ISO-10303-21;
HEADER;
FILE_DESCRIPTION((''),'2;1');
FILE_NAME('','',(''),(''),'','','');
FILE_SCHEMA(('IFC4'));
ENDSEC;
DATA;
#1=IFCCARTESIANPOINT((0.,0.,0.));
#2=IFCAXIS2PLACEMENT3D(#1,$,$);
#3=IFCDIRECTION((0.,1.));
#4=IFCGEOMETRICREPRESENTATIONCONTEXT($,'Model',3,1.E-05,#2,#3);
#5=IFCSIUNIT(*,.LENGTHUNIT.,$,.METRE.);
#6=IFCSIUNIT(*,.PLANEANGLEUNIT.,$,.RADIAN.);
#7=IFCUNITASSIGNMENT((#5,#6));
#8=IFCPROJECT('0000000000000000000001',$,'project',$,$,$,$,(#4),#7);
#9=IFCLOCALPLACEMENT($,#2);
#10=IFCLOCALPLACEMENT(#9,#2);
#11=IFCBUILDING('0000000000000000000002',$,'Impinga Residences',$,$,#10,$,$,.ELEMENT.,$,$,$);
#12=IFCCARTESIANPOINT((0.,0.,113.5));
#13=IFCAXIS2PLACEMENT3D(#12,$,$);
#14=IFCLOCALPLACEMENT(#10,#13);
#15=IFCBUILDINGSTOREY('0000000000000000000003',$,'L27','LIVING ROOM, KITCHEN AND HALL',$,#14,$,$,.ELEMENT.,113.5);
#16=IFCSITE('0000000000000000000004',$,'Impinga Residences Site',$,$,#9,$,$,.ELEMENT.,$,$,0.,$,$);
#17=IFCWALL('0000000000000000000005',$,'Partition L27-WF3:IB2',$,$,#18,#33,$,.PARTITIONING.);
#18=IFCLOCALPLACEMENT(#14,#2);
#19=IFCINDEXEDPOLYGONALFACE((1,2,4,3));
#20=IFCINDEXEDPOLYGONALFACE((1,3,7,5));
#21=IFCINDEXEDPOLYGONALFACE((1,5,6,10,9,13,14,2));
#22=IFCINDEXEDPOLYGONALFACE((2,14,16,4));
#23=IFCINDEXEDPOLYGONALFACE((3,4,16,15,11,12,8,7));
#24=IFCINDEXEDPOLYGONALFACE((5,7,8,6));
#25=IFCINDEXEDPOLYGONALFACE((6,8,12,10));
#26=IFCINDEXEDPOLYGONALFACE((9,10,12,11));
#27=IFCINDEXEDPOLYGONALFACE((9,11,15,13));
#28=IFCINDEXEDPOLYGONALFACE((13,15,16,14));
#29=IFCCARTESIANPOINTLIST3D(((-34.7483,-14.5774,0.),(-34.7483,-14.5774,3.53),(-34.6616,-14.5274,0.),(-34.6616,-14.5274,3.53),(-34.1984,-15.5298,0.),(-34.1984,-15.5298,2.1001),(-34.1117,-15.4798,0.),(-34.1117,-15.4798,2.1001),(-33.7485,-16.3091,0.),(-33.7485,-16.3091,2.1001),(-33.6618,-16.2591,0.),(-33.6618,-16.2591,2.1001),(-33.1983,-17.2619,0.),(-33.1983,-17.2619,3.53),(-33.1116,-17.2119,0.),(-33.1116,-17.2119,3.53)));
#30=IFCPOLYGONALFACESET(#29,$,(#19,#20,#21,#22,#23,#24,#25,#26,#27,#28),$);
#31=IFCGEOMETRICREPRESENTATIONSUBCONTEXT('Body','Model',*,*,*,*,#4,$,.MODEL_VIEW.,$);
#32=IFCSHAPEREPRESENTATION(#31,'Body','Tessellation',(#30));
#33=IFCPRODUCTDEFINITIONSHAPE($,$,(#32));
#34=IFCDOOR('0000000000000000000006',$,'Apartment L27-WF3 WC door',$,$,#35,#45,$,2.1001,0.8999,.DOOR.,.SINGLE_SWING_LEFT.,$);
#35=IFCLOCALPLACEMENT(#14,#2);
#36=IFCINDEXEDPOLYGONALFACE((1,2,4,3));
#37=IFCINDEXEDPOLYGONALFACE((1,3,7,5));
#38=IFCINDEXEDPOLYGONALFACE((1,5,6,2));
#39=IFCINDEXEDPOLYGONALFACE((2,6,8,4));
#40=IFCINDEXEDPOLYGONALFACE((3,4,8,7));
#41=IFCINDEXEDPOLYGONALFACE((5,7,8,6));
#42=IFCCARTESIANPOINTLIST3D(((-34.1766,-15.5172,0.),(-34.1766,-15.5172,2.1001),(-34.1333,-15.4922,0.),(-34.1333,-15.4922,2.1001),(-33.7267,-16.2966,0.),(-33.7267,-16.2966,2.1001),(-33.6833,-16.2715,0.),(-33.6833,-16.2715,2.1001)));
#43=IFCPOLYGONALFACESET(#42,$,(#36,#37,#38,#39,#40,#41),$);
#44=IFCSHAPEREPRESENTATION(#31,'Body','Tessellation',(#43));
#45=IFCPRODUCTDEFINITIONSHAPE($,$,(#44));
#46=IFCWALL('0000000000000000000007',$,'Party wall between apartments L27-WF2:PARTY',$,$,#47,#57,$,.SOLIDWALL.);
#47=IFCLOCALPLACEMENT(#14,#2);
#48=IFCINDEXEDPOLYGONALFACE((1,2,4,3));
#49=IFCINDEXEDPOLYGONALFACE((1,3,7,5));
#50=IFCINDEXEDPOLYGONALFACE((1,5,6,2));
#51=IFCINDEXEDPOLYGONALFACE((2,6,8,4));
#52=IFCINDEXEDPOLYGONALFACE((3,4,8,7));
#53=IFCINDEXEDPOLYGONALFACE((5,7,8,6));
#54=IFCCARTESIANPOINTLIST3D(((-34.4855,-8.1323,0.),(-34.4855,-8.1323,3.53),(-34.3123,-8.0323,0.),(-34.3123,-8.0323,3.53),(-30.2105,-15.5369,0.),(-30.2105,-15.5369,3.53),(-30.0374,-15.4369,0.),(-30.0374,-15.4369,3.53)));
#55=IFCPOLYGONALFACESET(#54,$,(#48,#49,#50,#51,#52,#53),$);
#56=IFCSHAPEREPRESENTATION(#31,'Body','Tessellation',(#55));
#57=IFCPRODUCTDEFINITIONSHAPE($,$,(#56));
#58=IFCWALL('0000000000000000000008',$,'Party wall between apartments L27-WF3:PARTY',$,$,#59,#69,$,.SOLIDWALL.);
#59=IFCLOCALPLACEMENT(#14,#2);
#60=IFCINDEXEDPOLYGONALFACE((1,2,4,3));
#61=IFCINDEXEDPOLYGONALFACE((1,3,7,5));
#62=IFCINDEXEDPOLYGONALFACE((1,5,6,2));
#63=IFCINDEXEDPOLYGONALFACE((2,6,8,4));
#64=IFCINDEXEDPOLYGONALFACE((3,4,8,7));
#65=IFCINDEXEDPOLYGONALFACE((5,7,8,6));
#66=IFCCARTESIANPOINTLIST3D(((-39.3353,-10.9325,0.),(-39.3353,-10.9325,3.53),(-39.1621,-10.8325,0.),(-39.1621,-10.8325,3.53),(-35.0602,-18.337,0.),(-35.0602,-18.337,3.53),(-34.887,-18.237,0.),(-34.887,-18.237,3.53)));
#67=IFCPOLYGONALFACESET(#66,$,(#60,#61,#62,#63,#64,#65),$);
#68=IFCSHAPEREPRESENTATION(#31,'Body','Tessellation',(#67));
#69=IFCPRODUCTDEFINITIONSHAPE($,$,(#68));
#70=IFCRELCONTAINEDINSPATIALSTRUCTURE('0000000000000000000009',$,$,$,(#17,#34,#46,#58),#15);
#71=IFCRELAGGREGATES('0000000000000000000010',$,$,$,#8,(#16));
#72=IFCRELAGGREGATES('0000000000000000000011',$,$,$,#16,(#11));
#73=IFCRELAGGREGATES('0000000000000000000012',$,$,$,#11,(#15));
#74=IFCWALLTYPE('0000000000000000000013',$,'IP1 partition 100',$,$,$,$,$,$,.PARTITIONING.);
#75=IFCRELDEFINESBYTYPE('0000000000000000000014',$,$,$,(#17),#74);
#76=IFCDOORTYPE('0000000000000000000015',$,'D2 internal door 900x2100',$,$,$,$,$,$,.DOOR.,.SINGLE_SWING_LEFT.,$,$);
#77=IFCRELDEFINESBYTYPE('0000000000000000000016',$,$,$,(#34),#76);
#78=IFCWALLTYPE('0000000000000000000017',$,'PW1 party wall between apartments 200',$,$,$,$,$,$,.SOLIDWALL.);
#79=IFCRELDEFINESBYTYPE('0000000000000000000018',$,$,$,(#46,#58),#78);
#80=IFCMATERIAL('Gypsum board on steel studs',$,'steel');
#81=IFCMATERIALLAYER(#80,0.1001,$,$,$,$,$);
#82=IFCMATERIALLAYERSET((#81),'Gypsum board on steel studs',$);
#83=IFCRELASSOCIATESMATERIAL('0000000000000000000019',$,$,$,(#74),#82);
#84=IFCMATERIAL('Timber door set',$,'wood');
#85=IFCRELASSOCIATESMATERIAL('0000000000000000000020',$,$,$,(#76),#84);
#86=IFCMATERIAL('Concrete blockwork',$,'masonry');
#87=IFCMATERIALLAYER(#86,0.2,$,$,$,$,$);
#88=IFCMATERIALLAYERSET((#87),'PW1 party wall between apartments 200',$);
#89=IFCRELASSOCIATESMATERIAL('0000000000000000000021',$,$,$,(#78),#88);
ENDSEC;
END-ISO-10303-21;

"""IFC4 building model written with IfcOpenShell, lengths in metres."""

from ifc_helpers import new_model, si_unit, direction, frame, frame_2d, origin, place, context, subcontext, project, spatial, rectangle, extrude, material, layer, layer_set, type_object, element, fill, save


model = new_model("IFC4")

# Units and contexts
model_context = context("Model", 3, precision=1e-05, world=origin(), true_north=direction((0.0, 1.0)))
body_context = subcontext(model_context, "Body", "Model", "MODEL_VIEW")
ifc_project = project(units=[si_unit("LENGTHUNIT", "METRE"), si_unit("PLANEANGLEUNIT", "RADIAN")], contexts=[model_context])

# Site, building, storey
site_placement = place(None, origin())
site = spatial("IfcSite", under=ifc_project, at=site_placement, Name="Impinga Residences Site", CompositionType="ELEMENT", RefElevation=0.0)
building_placement = place(site_placement, origin())
building = spatial("IfcBuilding", under=site, at=building_placement, Name="Impinga Residences", CompositionType="ELEMENT")
storey_placement = place(building_placement, frame((0.0, 0.0, 113.5)))
storey = spatial("IfcBuildingStorey", under=building, at=storey_placement, Name="L27", Description="LIVING ROOM, KITCHEN AND HALL", CompositionType="ELEMENT", Elevation=113.5)

# Shared definitions
ifc_material_1 = material(Name="Gypsum board on steel studs", Category="steel")
ifc_layer_1 = layer(ifc_material_1, 0.1001)
ifc_layer_set_1 = layer_set([ifc_layer_1], Name="Gypsum board on steel studs")
wall_type_1 = type_object("IfcWallType", Name="IP1 partition 100", PredefinedType="PARTITIONING", material=ifc_layer_set_1)

# Shared definitions
ifc_material_2 = material(Name="Timber door set", Category="wood")
door_type = type_object("IfcDoorType", Name="D2 internal door 900x2100", OperationType="SINGLE_SWING_LEFT", PredefinedType="DOOR", material=ifc_material_2)

# Wall, opening, door
wall_1_placement = place(storey_placement, frame((-33.155, -17.2368, 0.0), z_axis=(0.0, 0.0, 1.0), x_axis=(-0.500027, 0.86601, 0.0)))
wall_1 = element("IfcWall", 1, at=wall_1_placement, inside=storey, type_object=wall_type_1, Name="Partition L27-WF3:IB2", PredefinedType="PARTITIONING", context=body_context, shape_type="SweptSolid", body=[
    extrude(rectangle(XDim=3.0999, YDim=0.1001, at=frame_2d((1.5498, 0.0))), origin(), (0.0, 0.0, 1.0), 3.53),
])
opening_1_placement = place(wall_1_placement, frame((1.1001, 0.0, 0.0)))
opening_1 = element("IfcOpeningElement", 2, at=opening_1_placement, cuts=wall_1, PredefinedType="OPENING", context=body_context, shape_type="SweptSolid", body=[
    extrude(rectangle(XDim=0.8999, YDim=2.1001, at=frame_2d((0.45, 1.05))), frame((0.0, 0.0601, 0.0), z_axis=(0.0, -1.0, 0.0), x_axis=(1.0, 0.0, 0.0)), (0.0, 0.0, 1.0), 0.1201),
])
door_1_placement = place(opening_1_placement, origin())
door_1 = element("IfcDoor", 3, at=door_1_placement, inside=storey, type_object=door_type, Name="Apartment L27-WF3 WC door", OperationType="SINGLE_SWING_LEFT", OverallHeight=2.1001, OverallWidth=0.8999, PredefinedType="DOOR", context=body_context, shape_type="SweptSolid", body=[
    extrude(rectangle(XDim=0.8999, YDim=2.1001, at=frame_2d((0.45, 1.05))), frame((0.0, 0.0249, 0.0), z_axis=(0.0, -1.0, 0.0), x_axis=(1.0, 0.0, 0.0)), (0.0, 0.0, 1.0), 0.05),
])
fill(opening_1, door_1)

# Walls
ifc_material_3 = material(Name="Concrete blockwork", Category="masonry")
ifc_layer_2 = layer(ifc_material_3, 0.2)
ifc_layer_set_2 = layer_set([ifc_layer_2], Name="PW1 party wall between apartments 200")
wall_type_2 = type_object("IfcWallType", Name="PW1 party wall between apartments 200", PredefinedType="SOLIDWALL", material=ifc_layer_set_2)
for number, where, z_axis, x_axis, name in (
    (4, (-30.124, -15.4868, 0.0), (0.0, 0.0, 1.0), (-0.49999, 0.866031, 0.0), "Party wall between apartments L27-WF2:PARTY"),
    (5, (-34.9736, -18.2869, 0.0), (0.0, 0.0, 1.0), (-0.500012, 0.866019, 0.0), "Party wall between apartments L27-WF3:PARTY"),
):
    element("IfcWall", number, at=place(storey_placement, frame(where, z_axis=z_axis, x_axis=x_axis)), inside=storey, type_object=wall_type_2, Name=name, PredefinedType="SOLIDWALL", context=body_context, shape_type="SweptSolid", body=[
        extrude(rectangle(XDim=8.55, YDim=0.2, at=frame_2d((4.2749, 0.0))), origin(), (0.0, 0.0, 1.0), 3.53),
    ])

save(model, "model.ifc")
